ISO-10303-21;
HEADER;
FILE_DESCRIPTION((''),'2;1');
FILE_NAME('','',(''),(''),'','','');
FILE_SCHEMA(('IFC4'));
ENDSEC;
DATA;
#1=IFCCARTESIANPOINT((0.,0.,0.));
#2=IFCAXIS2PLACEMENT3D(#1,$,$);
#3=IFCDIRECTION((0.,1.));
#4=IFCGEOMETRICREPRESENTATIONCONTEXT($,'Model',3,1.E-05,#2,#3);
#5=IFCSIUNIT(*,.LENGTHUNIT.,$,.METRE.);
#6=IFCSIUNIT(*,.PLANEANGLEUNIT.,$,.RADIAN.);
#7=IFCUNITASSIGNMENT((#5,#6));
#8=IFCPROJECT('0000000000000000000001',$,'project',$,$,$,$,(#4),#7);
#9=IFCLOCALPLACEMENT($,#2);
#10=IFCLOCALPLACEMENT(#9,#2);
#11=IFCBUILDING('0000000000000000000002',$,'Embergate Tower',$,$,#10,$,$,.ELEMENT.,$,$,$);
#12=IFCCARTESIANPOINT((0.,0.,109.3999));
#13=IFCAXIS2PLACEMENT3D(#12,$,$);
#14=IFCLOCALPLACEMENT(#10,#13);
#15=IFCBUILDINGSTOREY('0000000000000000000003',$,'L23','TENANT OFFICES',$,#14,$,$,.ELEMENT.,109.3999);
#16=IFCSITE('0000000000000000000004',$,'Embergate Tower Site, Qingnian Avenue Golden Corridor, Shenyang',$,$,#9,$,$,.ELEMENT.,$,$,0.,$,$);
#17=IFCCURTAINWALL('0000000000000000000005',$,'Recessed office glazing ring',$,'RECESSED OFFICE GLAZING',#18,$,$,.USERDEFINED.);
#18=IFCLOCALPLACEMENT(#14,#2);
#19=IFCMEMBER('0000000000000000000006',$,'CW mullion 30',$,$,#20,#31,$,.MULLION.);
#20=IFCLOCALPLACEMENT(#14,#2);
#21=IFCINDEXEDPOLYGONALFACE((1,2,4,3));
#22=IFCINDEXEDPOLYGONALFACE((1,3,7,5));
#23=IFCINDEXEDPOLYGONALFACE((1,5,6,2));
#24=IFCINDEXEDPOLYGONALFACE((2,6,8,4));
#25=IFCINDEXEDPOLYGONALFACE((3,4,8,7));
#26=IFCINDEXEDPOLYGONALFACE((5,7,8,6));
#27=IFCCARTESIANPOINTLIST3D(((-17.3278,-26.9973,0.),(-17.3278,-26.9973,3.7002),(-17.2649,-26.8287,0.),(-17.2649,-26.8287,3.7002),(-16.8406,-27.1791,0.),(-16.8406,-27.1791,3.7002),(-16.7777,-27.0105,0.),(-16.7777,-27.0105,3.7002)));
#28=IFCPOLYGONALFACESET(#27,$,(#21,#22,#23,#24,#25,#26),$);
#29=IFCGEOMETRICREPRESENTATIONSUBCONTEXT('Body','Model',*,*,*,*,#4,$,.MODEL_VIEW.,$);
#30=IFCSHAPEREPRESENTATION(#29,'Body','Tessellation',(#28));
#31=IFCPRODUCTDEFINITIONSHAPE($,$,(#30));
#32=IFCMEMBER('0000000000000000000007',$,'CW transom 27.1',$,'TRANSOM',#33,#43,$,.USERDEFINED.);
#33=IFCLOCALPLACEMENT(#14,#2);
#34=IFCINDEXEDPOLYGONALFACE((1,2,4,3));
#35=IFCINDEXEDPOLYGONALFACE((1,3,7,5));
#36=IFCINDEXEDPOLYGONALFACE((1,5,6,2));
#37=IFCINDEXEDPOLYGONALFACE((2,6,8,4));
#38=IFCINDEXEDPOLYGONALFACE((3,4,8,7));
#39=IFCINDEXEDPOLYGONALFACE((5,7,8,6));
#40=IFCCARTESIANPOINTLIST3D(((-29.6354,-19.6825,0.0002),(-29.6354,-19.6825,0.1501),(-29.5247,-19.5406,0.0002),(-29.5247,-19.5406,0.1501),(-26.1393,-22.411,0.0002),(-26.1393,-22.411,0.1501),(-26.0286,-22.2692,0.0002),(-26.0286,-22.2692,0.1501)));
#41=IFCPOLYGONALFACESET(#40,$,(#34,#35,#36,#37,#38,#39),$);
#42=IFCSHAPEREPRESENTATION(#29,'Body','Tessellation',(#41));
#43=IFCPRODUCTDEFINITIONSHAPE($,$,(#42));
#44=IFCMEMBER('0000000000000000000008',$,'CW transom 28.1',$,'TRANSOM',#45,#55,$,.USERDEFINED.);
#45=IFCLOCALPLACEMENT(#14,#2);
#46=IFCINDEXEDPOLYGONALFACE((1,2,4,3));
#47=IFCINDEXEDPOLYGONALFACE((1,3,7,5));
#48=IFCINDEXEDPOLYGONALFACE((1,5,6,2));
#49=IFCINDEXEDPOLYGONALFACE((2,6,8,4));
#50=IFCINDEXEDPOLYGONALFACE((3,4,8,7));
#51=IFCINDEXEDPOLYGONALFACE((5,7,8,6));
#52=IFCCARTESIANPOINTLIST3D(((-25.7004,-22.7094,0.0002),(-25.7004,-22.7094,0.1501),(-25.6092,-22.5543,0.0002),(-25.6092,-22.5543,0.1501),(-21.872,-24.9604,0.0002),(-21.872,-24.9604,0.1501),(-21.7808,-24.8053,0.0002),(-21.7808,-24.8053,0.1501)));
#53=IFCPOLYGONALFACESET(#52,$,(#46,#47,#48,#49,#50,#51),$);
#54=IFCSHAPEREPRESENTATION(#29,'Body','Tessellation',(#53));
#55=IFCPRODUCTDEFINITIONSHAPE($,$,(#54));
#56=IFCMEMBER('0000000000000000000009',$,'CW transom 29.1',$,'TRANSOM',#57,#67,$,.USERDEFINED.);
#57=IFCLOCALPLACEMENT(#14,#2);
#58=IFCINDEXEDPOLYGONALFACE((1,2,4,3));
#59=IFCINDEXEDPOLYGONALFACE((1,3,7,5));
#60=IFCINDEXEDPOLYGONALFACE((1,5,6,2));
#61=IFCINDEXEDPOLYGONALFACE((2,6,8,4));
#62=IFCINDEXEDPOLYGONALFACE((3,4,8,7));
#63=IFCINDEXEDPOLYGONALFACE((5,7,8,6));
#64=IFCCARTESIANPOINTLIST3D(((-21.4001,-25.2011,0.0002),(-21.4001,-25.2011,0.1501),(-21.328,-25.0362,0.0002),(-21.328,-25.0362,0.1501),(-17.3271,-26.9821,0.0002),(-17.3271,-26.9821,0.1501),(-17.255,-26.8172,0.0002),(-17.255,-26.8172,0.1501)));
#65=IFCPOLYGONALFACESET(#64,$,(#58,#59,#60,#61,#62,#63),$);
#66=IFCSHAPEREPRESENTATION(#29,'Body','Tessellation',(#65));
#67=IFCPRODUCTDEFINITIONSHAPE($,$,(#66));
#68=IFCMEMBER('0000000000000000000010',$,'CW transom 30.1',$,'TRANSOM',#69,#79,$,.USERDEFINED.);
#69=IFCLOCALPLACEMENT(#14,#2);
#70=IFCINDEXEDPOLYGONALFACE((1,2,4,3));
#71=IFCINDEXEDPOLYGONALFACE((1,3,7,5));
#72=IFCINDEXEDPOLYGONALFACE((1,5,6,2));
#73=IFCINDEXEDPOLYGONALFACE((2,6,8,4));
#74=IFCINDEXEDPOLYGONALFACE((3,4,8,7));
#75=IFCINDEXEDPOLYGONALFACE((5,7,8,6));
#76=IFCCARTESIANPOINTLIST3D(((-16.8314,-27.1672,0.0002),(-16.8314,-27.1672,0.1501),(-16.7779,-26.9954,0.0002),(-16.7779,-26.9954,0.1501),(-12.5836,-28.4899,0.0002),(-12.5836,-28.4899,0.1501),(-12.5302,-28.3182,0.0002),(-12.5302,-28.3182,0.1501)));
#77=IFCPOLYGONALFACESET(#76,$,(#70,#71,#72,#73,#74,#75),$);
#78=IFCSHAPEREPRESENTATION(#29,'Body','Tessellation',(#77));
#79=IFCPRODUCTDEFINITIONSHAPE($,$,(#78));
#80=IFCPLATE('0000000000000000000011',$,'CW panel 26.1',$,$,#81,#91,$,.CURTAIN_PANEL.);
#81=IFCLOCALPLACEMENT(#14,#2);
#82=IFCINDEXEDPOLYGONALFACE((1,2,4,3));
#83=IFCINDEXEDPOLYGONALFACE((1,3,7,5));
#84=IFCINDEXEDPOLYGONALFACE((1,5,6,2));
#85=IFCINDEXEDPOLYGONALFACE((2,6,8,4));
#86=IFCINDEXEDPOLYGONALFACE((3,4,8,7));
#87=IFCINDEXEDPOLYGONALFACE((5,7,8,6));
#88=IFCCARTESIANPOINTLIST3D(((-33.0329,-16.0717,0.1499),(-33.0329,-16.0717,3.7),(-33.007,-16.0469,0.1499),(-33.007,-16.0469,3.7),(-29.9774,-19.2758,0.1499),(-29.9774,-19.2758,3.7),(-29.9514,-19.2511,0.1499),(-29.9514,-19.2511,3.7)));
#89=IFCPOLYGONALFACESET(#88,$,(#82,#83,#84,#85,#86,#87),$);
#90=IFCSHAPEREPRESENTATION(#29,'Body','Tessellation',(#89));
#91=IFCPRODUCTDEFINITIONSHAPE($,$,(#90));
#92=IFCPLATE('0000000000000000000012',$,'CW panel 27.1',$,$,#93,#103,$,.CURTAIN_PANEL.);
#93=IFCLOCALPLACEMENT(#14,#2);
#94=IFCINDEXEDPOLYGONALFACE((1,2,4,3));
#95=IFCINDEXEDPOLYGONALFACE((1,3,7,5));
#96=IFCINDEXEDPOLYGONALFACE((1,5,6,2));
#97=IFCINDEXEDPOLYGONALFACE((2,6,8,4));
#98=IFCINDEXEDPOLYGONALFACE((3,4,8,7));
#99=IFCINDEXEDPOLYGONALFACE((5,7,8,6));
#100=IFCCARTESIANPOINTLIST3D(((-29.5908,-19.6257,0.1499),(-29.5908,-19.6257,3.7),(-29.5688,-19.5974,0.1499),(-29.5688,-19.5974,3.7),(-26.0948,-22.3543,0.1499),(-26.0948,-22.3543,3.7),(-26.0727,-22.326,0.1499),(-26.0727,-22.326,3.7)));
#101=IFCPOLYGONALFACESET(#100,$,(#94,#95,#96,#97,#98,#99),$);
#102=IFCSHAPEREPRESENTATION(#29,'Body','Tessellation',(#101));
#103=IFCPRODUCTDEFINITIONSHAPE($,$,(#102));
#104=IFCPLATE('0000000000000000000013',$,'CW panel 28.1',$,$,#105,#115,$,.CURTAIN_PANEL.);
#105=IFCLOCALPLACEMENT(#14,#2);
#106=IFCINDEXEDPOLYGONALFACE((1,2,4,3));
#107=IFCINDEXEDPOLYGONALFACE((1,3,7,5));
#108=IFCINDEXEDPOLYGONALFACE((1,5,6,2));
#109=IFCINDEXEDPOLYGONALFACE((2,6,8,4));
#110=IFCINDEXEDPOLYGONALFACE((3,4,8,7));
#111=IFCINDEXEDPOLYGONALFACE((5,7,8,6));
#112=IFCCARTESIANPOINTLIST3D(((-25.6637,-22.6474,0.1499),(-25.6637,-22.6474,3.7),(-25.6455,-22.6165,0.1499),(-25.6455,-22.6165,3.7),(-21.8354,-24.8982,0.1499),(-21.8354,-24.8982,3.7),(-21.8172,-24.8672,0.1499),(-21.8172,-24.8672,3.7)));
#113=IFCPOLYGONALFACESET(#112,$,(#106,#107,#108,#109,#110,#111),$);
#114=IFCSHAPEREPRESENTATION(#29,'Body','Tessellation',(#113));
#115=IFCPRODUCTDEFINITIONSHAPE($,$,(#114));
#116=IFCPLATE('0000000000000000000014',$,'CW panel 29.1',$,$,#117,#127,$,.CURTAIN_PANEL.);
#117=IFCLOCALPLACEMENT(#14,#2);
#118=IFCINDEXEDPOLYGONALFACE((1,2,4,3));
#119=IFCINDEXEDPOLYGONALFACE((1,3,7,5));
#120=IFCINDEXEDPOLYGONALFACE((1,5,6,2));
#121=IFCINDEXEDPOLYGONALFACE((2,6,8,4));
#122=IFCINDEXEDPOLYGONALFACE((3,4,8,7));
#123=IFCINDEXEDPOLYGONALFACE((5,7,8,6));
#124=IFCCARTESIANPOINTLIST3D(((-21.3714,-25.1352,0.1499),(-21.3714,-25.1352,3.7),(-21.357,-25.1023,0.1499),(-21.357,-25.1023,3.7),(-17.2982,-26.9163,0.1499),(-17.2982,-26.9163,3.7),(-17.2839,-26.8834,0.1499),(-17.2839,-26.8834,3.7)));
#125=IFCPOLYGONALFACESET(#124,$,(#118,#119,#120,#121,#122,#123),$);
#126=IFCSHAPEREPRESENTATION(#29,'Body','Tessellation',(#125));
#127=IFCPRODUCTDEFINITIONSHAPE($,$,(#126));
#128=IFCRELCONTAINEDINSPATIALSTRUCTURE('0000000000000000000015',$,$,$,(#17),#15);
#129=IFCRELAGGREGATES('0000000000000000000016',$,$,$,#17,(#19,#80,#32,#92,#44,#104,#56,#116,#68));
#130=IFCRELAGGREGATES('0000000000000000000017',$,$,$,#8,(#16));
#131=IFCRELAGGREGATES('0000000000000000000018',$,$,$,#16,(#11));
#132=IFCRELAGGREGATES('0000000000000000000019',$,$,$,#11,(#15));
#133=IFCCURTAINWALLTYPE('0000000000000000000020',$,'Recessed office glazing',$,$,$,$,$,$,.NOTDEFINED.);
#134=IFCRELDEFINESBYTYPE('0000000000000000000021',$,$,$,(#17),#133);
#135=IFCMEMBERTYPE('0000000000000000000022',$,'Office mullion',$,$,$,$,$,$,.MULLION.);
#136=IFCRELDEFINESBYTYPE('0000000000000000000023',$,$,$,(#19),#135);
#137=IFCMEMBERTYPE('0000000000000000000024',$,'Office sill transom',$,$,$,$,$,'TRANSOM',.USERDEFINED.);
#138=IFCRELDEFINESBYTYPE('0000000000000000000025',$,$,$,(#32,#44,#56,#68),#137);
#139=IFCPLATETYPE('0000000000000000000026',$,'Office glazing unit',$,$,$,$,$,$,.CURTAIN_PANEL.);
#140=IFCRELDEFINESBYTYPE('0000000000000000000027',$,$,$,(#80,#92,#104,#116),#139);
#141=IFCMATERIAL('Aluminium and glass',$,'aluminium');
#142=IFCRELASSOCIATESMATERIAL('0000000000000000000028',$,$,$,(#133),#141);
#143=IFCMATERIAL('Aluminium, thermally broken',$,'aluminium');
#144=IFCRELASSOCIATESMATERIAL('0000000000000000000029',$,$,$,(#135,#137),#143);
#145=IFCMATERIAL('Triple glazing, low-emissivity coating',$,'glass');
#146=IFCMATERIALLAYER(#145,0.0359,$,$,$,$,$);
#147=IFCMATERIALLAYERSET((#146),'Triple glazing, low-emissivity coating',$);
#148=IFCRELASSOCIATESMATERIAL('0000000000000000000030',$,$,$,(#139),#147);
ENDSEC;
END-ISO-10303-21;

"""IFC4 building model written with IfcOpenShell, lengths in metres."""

from ifc_helpers import new_model, si_unit, direction, frame, origin, origin_2d, place, context, subcontext, project, spatial, rectangle, extrude, source, transform, mapped, material, layer, layer_set, material_profile, profile_set, type_object, element, aggregate, save


model = new_model("IFC4")

# Units and contexts
model_context = context("Model", 3, precision=1e-05, world=origin(), true_north=direction((0.0, 1.0)))
body_context = subcontext(model_context, "Body", "Model", "MODEL_VIEW")
ifc_project = project(units=[si_unit("LENGTHUNIT", "METRE"), si_unit("PLANEANGLEUNIT", "RADIAN")], contexts=[model_context])

# Site, building, storey
site_placement = place(None, origin())
site = spatial("IfcSite", under=ifc_project, at=site_placement, Name="Embergate Tower Site, Qingnian Avenue Golden Corridor, Shenyang", CompositionType="ELEMENT", RefElevation=0.0)
building_placement = place(site_placement, origin())
building = spatial("IfcBuilding", under=site, at=building_placement, Name="Embergate Tower", CompositionType="ELEMENT")
storey_placement = place(building_placement, frame((0.0, 0.0, 109.3999)))
storey = spatial("IfcBuildingStorey", under=building, at=storey_placement, Name="L23", Description="TENANT OFFICES", CompositionType="ELEMENT", Elevation=109.3999)

# Curtain wall, members, plates
ifc_material_1 = material(Name="Aluminium and glass", Category="aluminium")
curtain_wall_type = type_object("IfcCurtainWallType", Name="Recessed office glazing", PredefinedType="NOTDEFINED", material=ifc_material_1)
curtain_wall_placement = place(storey_placement, origin())
curtain_wall = element("IfcCurtainWall", 1, at=curtain_wall_placement, inside=storey, type_object=curtain_wall_type, Name="Recessed office glazing ring", ObjectType="RECESSED OFFICE GLAZING", PredefinedType="USERDEFINED")
ifc_material_2 = material(Name="Aluminium, thermally broken", Category="aluminium")
ifc_material_profile_1 = material_profile(ifc_material_2, rectangle(XDim=0.1799, YDim=0.52, at=origin_2d()), Name="AL 520x180")
ifc_profile_set_1 = profile_set([ifc_material_profile_1], Name="Aluminium, thermally broken")
member_type_1 = type_object("IfcMemberType", Name="Office mullion", PredefinedType="MULLION", material=ifc_profile_set_1)
shared_shape_1 = source(origin(), body_context, "Body", "SweptSolid", [
    extrude(rectangle(XDim=0.1799, YDim=0.52, at=origin_2d()), origin(), (0.0, 0.0, 1.0), 3.7002),
])
member_1_placement = place(storey_placement, frame((-17.0527, -27.0039, 0.0), z_axis=(0.0, 0.0, 1.0), x_axis=(0.349511, 0.936932, 0.0)))
member_1 = element("IfcMember", 2, at=member_1_placement, type_object=member_type_1, Name="CW mullion 30", PredefinedType="MULLION", context=body_context, shape_type="MappedRepresentation", body=[
    mapped(shared_shape_1, transform((0.0, 0.0, 0.0))),
])
ifc_material_profile_2 = material_profile(ifc_material_2, rectangle(XDim=0.1799, YDim=0.1499, at=origin_2d()), Name="AL 150x180")
ifc_profile_set_2 = profile_set([ifc_material_profile_2], Name="Aluminium, thermally broken")
member_type_2 = type_object("IfcMemberType", Name="Office sill transom", ElementType="TRANSOM", PredefinedType="USERDEFINED", material=ifc_profile_set_2)
shared_shape_2 = source(origin(), body_context, "Body", "SweptSolid", [
    extrude(rectangle(XDim=0.1799, YDim=0.1499, at=origin_2d()), origin(), (0.0, 0.0, 1.0), 4.4348),
])
member_2_placement = place(storey_placement, frame((-29.5801, -19.6116, 0.0752), z_axis=(0.788331, -0.615251, 0.0), x_axis=(0.615251, 0.788331, 0.0)))
member_2 = element("IfcMember", 3, at=member_2_placement, type_object=member_type_2, Name="CW transom 27.1", ObjectType="TRANSOM", PredefinedType="USERDEFINED", context=body_context, shape_type="MappedRepresentation", body=[
    mapped(shared_shape_2, transform((0.0, 0.0, 0.0))),
])
shared_shape_3 = source(origin(), body_context, "Body", "SweptSolid", [
    extrude(rectangle(XDim=0.1799, YDim=0.1499, at=origin_2d()), origin(), (0.0, 0.0, 1.0), 4.4412),
])
member_3_placement = place(storey_placement, frame((-25.6548, -22.6318, 0.0752), z_axis=(0.862033, -0.506852, 0.0), x_axis=(0.506852, 0.862033, 0.0)))
member_3 = element("IfcMember", 4, at=member_3_placement, type_object=member_type_2, Name="CW transom 28.1", ObjectType="TRANSOM", PredefinedType="USERDEFINED", context=body_context, shape_type="MappedRepresentation", body=[
    mapped(shared_shape_3, transform((0.0, 0.0, 0.0))),
])
shared_shape_4 = source(origin(), body_context, "Body", "SweptSolid", [
    extrude(rectangle(XDim=0.1799, YDim=0.1499, at=origin_2d()), origin(), (0.0, 0.0, 1.0), 4.4453),
])
member_4_placement = place(storey_placement, frame((-21.364, -25.1187, 0.0752), z_axis=(0.916234, -0.400643, 0.0), x_axis=(0.400643, 0.916234, 0.0)))
member_4 = element("IfcMember", 5, at=member_4_placement, type_object=member_type_2, Name="CW transom 29.1", ObjectType="TRANSOM", PredefinedType="USERDEFINED", context=body_context, shape_type="MappedRepresentation", body=[
    mapped(shared_shape_4, transform((0.0, 0.0, 0.0))),
])
shared_shape_5 = source(origin(), body_context, "Body", "SweptSolid", [
    extrude(rectangle(XDim=0.1799, YDim=0.1499, at=origin_2d()), origin(), (0.0, 0.0, 1.0), 4.449),
])
member_5_placement = place(storey_placement, frame((-16.8047, -27.0813, 0.0752), z_axis=(0.954779, -0.297316, 0.0), x_axis=(0.297316, 0.954779, 0.0)))
member_5 = element("IfcMember", 6, at=member_5_placement, type_object=member_type_2, Name="CW transom 30.1", ObjectType="TRANSOM", PredefinedType="USERDEFINED", context=body_context, shape_type="MappedRepresentation", body=[
    mapped(shared_shape_5, transform((0.0, 0.0, 0.0))),
])
ifc_material_3 = material(Name="Triple glazing, low-emissivity coating", Category="glass")
ifc_layer = layer(ifc_material_3, 0.0359)
ifc_layer_set = layer_set([ifc_layer], Name="Triple glazing, low-emissivity coating")
plate_type = type_object("IfcPlateType", Name="Office glazing unit", PredefinedType="CURTAIN_PANEL", material=ifc_layer_set)
shared_shape_6 = source(origin(), body_context, "Body", "SweptSolid", [
    extrude(rectangle(XDim=4.4275, YDim=0.0359, at=origin_2d()), origin(), (0.0, 0.0, 1.0), 3.55),
])
plate_1_placement = place(storey_placement, frame((-31.4922, -17.6614, 0.1499), z_axis=(0.0, 0.0, 1.0), x_axis=(0.690125, -0.72369, 0.0)))
plate_1 = element("IfcPlate", 7, at=plate_1_placement, type_object=plate_type, Name="CW panel 26.1", PredefinedType="CURTAIN_PANEL", context=body_context, shape_type="MappedRepresentation", body=[
    mapped(shared_shape_6, transform((0.0, 0.0, 0.0))),
])
shared_shape_7 = source(origin(), body_context, "Body", "SweptSolid", [
    extrude(rectangle(XDim=4.4348, YDim=0.0359, at=origin_2d()), origin(), (0.0, 0.0, 1.0), 3.55),
])
plate_2_placement = place(storey_placement, frame((-27.8318, -20.9758, 0.1499), z_axis=(0.0, 0.0, 1.0), x_axis=(0.788313, -0.615275, 0.0)))
plate_2 = element("IfcPlate", 8, at=plate_2_placement, type_object=plate_type, Name="CW panel 27.1", PredefinedType="CURTAIN_PANEL", context=body_context, shape_type="MappedRepresentation", body=[
    mapped(shared_shape_7, transform((0.0, 0.0, 0.0))),
])
shared_shape_8 = source(origin(), body_context, "Body", "SweptSolid", [
    extrude(rectangle(XDim=4.4409, YDim=0.0359, at=origin_2d()), origin(), (0.0, 0.0, 1.0), 3.55),
])
plate_3_placement = place(storey_placement, frame((-23.7405, -23.7573, 0.1499), z_axis=(0.0, 0.0, 1.0), x_axis=(0.862048, -0.506827, 0.0)))
plate_3 = element("IfcPlate", 9, at=plate_3_placement, type_object=plate_type, Name="CW panel 28.1", PredefinedType="CURTAIN_PANEL", context=body_context, shape_type="MappedRepresentation", body=[
    mapped(shared_shape_8, transform((0.0, 0.0, 0.0))),
])
shared_shape_9 = source(origin(), body_context, "Body", "SweptSolid", [
    extrude(rectangle(XDim=4.4456, YDim=0.0359, at=origin_2d()), origin(), (0.0, 0.0, 1.0), 3.55),
])
plate_4_placement = place(storey_placement, frame((-19.3276, -26.0093, 0.1499), z_axis=(0.0, 0.0, 1.0), x_axis=(0.916233, -0.400646, 0.0)))
plate_4 = element("IfcPlate", 10, at=plate_4_placement, type_object=plate_type, Name="CW panel 29.1", PredefinedType="CURTAIN_PANEL", context=body_context, shape_type="MappedRepresentation", body=[
    mapped(shared_shape_9, transform((0.0, 0.0, 0.0))),
])
aggregate(curtain_wall, [member_1, plate_1, member_2, plate_2, member_3, plate_3, member_4, plate_4, member_5])

save(model, "model.ifc")
